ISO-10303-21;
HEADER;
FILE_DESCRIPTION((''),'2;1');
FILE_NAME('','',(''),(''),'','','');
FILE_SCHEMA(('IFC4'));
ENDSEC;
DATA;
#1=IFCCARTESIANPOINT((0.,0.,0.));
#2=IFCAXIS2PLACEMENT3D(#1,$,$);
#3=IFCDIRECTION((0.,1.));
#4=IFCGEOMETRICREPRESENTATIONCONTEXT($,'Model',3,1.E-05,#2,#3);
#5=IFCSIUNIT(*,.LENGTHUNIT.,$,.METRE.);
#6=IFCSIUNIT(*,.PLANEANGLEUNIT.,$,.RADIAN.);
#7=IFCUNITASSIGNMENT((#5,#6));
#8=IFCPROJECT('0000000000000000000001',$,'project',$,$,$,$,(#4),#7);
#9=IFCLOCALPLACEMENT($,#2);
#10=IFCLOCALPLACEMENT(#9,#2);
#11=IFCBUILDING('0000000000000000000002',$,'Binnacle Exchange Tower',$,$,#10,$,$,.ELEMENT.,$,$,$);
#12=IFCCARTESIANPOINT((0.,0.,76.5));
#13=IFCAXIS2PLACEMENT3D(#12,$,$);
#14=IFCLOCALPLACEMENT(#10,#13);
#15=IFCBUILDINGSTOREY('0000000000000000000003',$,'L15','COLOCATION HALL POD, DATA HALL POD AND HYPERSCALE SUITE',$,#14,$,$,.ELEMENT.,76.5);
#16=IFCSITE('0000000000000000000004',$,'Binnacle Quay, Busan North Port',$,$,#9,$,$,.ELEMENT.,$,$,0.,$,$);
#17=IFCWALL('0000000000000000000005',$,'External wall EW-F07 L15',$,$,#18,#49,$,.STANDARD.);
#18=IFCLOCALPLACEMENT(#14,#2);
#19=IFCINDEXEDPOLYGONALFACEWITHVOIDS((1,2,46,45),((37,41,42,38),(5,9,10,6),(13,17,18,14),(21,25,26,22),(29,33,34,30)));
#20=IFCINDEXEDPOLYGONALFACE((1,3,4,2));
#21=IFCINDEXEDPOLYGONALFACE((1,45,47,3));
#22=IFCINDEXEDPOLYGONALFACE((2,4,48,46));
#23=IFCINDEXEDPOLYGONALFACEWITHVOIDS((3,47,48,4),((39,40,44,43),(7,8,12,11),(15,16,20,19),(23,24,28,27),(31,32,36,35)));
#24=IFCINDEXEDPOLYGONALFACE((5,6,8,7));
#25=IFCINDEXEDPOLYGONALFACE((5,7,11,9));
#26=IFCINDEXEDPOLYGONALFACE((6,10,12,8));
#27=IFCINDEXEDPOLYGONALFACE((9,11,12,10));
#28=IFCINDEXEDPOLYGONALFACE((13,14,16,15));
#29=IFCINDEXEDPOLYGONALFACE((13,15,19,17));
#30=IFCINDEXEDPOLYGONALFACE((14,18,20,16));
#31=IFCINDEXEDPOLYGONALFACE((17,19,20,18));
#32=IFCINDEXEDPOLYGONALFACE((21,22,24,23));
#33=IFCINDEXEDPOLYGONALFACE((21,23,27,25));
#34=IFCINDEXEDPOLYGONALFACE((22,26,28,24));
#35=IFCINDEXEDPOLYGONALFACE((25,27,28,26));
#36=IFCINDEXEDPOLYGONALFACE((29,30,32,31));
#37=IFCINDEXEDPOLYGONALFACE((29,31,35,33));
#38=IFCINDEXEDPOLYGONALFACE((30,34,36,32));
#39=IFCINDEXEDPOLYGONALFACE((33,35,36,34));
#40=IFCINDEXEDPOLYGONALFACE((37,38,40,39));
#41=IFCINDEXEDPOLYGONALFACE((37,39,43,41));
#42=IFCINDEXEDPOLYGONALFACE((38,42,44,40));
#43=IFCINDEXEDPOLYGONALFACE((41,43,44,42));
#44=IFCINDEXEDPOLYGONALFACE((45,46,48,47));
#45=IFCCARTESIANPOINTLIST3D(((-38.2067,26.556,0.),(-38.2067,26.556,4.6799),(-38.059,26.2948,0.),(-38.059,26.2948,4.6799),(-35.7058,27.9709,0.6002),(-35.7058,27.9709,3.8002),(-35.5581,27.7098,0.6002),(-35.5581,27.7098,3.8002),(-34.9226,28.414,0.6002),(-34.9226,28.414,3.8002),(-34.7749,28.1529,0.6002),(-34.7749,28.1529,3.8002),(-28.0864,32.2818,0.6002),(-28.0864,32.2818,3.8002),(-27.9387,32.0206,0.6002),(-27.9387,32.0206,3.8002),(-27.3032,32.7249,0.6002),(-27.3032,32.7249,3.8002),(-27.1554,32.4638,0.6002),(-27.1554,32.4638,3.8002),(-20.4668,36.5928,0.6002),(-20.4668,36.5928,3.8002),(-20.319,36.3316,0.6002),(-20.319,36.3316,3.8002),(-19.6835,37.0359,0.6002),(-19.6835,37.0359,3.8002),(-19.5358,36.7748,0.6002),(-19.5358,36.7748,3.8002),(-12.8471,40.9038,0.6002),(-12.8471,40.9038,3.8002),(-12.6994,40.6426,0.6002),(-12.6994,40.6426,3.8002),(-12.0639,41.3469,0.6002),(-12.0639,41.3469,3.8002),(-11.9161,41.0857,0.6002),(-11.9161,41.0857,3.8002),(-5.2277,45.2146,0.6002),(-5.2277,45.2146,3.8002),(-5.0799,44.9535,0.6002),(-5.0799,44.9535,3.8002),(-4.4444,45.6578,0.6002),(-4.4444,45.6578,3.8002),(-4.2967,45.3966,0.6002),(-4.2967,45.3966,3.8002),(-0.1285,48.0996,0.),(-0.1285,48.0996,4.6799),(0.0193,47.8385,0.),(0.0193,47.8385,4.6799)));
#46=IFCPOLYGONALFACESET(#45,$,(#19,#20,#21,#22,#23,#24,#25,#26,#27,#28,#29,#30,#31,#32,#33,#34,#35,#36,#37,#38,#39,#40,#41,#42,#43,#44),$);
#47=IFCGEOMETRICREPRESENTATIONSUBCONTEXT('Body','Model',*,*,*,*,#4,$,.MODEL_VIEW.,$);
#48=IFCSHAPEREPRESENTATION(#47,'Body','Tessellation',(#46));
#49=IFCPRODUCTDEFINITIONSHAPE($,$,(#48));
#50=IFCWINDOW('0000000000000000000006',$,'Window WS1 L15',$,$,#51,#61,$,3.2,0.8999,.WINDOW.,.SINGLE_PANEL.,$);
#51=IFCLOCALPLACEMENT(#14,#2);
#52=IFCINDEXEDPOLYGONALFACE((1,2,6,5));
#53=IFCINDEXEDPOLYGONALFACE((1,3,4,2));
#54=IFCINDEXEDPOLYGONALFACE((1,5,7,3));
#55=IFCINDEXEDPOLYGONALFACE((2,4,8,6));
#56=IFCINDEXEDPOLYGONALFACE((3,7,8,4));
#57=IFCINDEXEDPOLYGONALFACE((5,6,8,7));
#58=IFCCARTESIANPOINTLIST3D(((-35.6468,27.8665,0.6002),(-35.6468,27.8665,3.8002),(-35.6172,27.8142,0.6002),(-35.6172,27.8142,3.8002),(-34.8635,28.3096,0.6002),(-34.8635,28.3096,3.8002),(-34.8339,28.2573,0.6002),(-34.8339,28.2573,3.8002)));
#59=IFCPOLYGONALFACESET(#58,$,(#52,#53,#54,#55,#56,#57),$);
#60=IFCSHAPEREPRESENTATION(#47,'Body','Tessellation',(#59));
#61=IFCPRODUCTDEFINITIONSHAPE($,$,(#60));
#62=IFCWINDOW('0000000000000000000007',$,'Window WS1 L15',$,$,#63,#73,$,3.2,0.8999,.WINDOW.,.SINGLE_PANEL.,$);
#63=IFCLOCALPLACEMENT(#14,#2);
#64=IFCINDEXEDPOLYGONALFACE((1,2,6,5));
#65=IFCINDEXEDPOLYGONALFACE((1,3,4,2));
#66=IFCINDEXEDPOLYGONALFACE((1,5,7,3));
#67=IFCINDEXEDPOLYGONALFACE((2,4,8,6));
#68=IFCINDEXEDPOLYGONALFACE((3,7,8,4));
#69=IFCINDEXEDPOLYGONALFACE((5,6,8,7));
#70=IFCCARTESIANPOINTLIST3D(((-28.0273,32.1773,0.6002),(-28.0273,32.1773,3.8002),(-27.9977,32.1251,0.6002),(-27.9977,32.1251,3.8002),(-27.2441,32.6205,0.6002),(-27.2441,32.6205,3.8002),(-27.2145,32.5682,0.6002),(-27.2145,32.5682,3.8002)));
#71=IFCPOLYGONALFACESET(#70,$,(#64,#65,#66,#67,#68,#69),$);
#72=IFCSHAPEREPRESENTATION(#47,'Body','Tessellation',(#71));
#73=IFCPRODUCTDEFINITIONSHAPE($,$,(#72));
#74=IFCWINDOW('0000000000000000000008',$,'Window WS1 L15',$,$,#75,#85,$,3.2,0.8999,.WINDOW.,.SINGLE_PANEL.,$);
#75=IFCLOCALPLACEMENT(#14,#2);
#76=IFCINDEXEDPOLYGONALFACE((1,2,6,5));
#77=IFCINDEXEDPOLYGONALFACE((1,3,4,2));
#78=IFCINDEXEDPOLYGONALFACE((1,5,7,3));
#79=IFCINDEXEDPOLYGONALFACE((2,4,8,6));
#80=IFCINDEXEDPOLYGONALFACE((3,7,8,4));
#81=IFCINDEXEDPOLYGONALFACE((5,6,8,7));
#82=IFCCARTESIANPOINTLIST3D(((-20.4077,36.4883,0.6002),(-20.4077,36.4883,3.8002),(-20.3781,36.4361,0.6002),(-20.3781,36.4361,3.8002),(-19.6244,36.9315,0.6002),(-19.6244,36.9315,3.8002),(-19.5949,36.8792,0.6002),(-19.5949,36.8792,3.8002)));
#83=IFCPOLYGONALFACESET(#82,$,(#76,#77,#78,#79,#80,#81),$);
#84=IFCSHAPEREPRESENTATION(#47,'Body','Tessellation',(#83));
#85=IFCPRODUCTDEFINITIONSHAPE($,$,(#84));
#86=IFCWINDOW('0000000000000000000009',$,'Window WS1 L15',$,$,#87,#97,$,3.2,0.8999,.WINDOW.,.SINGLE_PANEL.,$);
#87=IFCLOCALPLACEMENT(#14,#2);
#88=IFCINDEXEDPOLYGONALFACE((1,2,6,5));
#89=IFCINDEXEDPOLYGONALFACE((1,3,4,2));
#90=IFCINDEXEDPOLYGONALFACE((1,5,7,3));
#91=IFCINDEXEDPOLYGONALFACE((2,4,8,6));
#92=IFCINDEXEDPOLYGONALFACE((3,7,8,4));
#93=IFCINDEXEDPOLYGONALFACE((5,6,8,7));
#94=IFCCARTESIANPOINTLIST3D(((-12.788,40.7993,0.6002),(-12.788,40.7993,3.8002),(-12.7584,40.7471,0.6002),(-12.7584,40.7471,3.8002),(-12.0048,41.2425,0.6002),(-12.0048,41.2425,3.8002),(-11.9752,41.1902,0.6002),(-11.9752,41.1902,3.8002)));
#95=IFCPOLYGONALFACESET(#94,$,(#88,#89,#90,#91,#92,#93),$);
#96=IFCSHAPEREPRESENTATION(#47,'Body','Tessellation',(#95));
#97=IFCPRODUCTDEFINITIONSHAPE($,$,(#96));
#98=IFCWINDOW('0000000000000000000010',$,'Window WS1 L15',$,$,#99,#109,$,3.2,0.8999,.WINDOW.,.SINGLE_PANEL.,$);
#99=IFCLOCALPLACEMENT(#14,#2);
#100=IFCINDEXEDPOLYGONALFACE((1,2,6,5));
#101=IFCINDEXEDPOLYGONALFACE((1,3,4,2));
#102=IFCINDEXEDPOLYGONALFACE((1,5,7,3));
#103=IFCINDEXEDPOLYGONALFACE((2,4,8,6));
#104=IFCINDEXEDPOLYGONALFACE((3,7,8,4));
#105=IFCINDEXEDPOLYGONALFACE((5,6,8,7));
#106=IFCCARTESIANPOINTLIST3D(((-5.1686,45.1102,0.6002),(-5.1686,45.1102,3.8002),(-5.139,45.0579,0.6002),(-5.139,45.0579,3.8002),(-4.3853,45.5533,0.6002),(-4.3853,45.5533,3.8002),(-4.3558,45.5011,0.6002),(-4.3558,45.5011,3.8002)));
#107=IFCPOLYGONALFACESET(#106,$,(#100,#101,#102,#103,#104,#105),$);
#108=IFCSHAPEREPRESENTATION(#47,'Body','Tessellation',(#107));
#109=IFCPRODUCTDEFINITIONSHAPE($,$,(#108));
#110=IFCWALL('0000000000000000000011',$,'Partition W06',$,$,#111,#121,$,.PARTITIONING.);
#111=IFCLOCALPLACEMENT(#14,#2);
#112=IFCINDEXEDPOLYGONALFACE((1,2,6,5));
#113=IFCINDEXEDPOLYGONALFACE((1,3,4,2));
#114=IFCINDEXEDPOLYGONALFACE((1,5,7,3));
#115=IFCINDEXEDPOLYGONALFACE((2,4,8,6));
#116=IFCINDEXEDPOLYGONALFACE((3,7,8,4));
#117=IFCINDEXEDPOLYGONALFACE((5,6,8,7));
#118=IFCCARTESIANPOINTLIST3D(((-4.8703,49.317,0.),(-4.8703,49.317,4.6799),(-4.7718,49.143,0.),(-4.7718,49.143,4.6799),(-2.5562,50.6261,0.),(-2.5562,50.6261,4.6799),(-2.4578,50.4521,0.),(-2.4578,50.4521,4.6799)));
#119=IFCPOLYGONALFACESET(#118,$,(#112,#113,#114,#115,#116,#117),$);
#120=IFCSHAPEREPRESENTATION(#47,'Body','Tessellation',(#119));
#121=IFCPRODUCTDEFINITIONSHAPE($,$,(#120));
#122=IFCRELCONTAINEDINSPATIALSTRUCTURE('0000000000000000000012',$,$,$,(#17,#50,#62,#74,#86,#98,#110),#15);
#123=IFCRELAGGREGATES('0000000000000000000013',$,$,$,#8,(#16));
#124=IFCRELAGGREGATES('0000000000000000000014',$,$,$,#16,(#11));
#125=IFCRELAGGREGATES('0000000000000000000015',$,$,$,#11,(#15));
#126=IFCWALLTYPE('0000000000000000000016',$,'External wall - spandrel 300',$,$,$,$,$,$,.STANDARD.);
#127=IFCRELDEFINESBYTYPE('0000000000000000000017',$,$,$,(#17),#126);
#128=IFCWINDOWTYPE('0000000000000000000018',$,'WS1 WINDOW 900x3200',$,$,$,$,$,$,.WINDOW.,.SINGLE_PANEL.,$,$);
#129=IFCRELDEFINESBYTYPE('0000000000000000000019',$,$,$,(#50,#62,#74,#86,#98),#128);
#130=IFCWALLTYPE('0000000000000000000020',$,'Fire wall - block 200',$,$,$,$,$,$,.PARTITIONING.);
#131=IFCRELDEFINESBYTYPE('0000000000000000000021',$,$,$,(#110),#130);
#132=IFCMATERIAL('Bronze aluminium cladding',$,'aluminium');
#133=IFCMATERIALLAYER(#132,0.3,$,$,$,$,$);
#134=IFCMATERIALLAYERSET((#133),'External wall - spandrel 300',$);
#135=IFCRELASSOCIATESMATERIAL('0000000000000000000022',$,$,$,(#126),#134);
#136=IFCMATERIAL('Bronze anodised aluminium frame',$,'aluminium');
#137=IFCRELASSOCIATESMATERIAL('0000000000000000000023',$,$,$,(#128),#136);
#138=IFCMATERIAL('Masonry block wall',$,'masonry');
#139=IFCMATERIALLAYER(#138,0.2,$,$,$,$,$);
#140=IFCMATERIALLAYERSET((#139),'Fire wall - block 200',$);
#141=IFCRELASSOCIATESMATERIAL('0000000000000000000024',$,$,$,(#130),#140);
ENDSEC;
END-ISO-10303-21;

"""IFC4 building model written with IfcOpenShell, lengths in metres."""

from ifc_helpers import new_model, si_unit, direction, frame, frame_2d, origin, place, context, subcontext, project, spatial, rectangle, extrude, material, layer, layer_set, type_object, element, fill, save


model = new_model("IFC4")

# Units and contexts
model_context = context("Model", 3, precision=1e-05, world=origin(), true_north=direction((0.0, 1.0)))
body_context = subcontext(model_context, "Body", "Model", "MODEL_VIEW")
ifc_project = project(units=[si_unit("LENGTHUNIT", "METRE"), si_unit("PLANEANGLEUNIT", "RADIAN")], contexts=[model_context])

# Site, building, storey
site_placement = place(None, origin())
site = spatial("IfcSite", under=ifc_project, at=site_placement, Name="Binnacle Quay, Busan North Port", CompositionType="ELEMENT", RefElevation=0.0)
building_placement = place(site_placement, origin())
building = spatial("IfcBuilding", under=site, at=building_placement, Name="Binnacle Exchange Tower", CompositionType="ELEMENT")
storey_placement = place(building_placement, frame((0.0, 0.0, 76.5)))
storey = spatial("IfcBuildingStorey", under=building, at=storey_placement, Name="L15", Description="COLOCATION HALL POD, DATA HALL POD AND HYPERSCALE SUITE", CompositionType="ELEMENT", Elevation=76.5)

# Wall, openings, windows
ifc_material_1 = material(Name="Bronze aluminium cladding", Category="aluminium")
ifc_layer_1 = layer(ifc_material_1, 0.3)
ifc_layer_set_1 = layer_set([ifc_layer_1], Name="External wall - spandrel 300")
wall_type_1 = type_object("IfcWallType", Name="External wall - spandrel 300", PredefinedType="STANDARD", material=ifc_layer_set_1)
wall_1_placement = place(storey_placement, frame((-0.0547, 47.969, 0.0), z_axis=(0.0, 0.0, 1.0), x_axis=(-0.870356, -0.492423, 0.0)))
wall_1 = element("IfcWall", 1, at=wall_1_placement, inside=storey, type_object=wall_type_1, Name="External wall EW-F07 L15", PredefinedType="STANDARD", context=body_context, shape_type="SweptSolid", body=[
    extrude(rectangle(XDim=43.7502, YDim=0.3, at=frame_2d((21.875, 0.0))), origin(), (0.0, 0.0, 1.0), 4.6799),
])
opening_1_placement = place(wall_1_placement, frame((39.9768, 0.0, 0.6001)))
opening_1 = element("IfcOpeningElement", 2, at=opening_1_placement, cuts=wall_1, PredefinedType="OPENING", context=body_context, shape_type="SweptSolid", body=[
    extrude(rectangle(XDim=0.8999, YDim=3.2, at=frame_2d((0.45, 1.6001))), frame((0.0, 0.1599, 0.0), z_axis=(0.0, -1.0, 0.0), x_axis=(1.0, 0.0, 0.0)), (0.0, 0.0, 1.0), 0.3201),
])
opening_2_placement = place(wall_1_placement, frame((31.2224, 0.0, 0.6001)))
opening_2 = element("IfcOpeningElement", 3, at=opening_2_placement, cuts=wall_1, PredefinedType="OPENING", context=body_context, shape_type="SweptSolid", body=[
    extrude(rectangle(XDim=0.8999, YDim=3.2, at=frame_2d((0.45, 1.6001))), frame((0.0, 0.1599, 0.0), z_axis=(0.0, -1.0, 0.0), x_axis=(1.0, 0.0, 0.0)), (0.0, 0.0, 1.0), 0.3201),
])
opening_3_placement = place(wall_1_placement, frame((22.4678, 0.0, 0.6001)))
opening_3 = element("IfcOpeningElement", 4, at=opening_3_placement, cuts=wall_1, PredefinedType="OPENING", context=body_context, shape_type="SweptSolid", body=[
    extrude(rectangle(XDim=0.8999, YDim=3.2, at=frame_2d((0.45, 1.6001))), frame((0.0, 0.1599, 0.0), z_axis=(0.0, -1.0, 0.0), x_axis=(1.0, 0.0, 0.0)), (0.0, 0.0, 1.0), 0.3201),
])
opening_4_placement = place(wall_1_placement, frame((13.7131, 0.0, 0.6001)))
opening_4 = element("IfcOpeningElement", 5, at=opening_4_placement, cuts=wall_1, PredefinedType="OPENING", context=body_context, shape_type="SweptSolid", body=[
    extrude(rectangle(XDim=0.8999, YDim=3.2, at=frame_2d((0.45, 1.6001))), frame((0.0, 0.1599, 0.0), z_axis=(0.0, -1.0, 0.0), x_axis=(1.0, 0.0, 0.0)), (0.0, 0.0, 1.0), 0.3201),
])
opening_5_placement = place(wall_1_placement, frame((4.9587, 0.0, 0.6001)))
opening_5 = element("IfcOpeningElement", 6, at=opening_5_placement, cuts=wall_1, PredefinedType="OPENING", context=body_context, shape_type="SweptSolid", body=[
    extrude(rectangle(XDim=0.8999, YDim=3.2, at=frame_2d((0.45, 1.6001))), frame((0.0, 0.1599, 0.0), z_axis=(0.0, -1.0, 0.0), x_axis=(1.0, 0.0, 0.0)), (0.0, 0.0, 1.0), 0.3201),
])
ifc_material_2 = material(Name="Bronze anodised aluminium frame", Category="aluminium")
window_type = type_object("IfcWindowType", Name="WS1 WINDOW 900x3200", PartitioningType="SINGLE_PANEL", PredefinedType="WINDOW", material=ifc_material_2)
window_1_placement = place(opening_1_placement, origin())
window_1 = element("IfcWindow", 7, at=window_1_placement, inside=storey, type_object=window_type, Name="Window WS1 L15", OverallHeight=3.2, OverallWidth=0.8999, PartitioningType="SINGLE_PANEL", PredefinedType="WINDOW", context=body_context, shape_type="SweptSolid", body=[
    extrude(rectangle(XDim=0.8999, YDim=3.2, at=frame_2d((0.45, 1.6001))), frame((0.0, 0.03, 0.0), z_axis=(0.0, -1.0, 0.0), x_axis=(1.0, 0.0, 0.0)), (0.0, 0.0, 1.0), 0.0601),
])
fill(opening_1, window_1)
window_2_placement = place(opening_2_placement, origin())
window_2 = element("IfcWindow", 8, at=window_2_placement, inside=storey, type_object=window_type, Name="Window WS1 L15", OverallHeight=3.2, OverallWidth=0.8999, PartitioningType="SINGLE_PANEL", PredefinedType="WINDOW", context=body_context, shape_type="SweptSolid", body=[
    extrude(rectangle(XDim=0.8999, YDim=3.2, at=frame_2d((0.45, 1.6001))), frame((0.0, 0.03, 0.0), z_axis=(0.0, -1.0, 0.0), x_axis=(1.0, 0.0, 0.0)), (0.0, 0.0, 1.0), 0.0601),
])
fill(opening_2, window_2)
window_3_placement = place(opening_3_placement, origin())
window_3 = element("IfcWindow", 9, at=window_3_placement, inside=storey, type_object=window_type, Name="Window WS1 L15", OverallHeight=3.2, OverallWidth=0.8999, PartitioningType="SINGLE_PANEL", PredefinedType="WINDOW", context=body_context, shape_type="SweptSolid", body=[
    extrude(rectangle(XDim=0.8999, YDim=3.2, at=frame_2d((0.45, 1.6001))), frame((0.0, 0.03, 0.0), z_axis=(0.0, -1.0, 0.0), x_axis=(1.0, 0.0, 0.0)), (0.0, 0.0, 1.0), 0.0601),
])
fill(opening_3, window_3)
window_4_placement = place(opening_4_placement, origin())
window_4 = element("IfcWindow", 10, at=window_4_placement, inside=storey, type_object=window_type, Name="Window WS1 L15", OverallHeight=3.2, OverallWidth=0.8999, PartitioningType="SINGLE_PANEL", PredefinedType="WINDOW", context=body_context, shape_type="SweptSolid", body=[
    extrude(rectangle(XDim=0.8999, YDim=3.2, at=frame_2d((0.45, 1.6001))), frame((0.0, 0.03, 0.0), z_axis=(0.0, -1.0, 0.0), x_axis=(1.0, 0.0, 0.0)), (0.0, 0.0, 1.0), 0.0601),
])
fill(opening_4, window_4)
window_5_placement = place(opening_5_placement, origin())
window_5 = element("IfcWindow", 11, at=window_5_placement, inside=storey, type_object=window_type, Name="Window WS1 L15", OverallHeight=3.2, OverallWidth=0.8999, PartitioningType="SINGLE_PANEL", PredefinedType="WINDOW", context=body_context, shape_type="SweptSolid", body=[
    extrude(rectangle(XDim=0.8999, YDim=3.2, at=frame_2d((0.45, 1.6001))), frame((0.0, 0.03, 0.0), z_axis=(0.0, -1.0, 0.0), x_axis=(1.0, 0.0, 0.0)), (0.0, 0.0, 1.0), 0.0601),
])
fill(opening_5, window_5)

# Wall
ifc_material_3 = material(Name="Masonry block wall", Category="masonry")
ifc_layer_2 = layer(ifc_material_3, 0.2)
ifc_layer_set_2 = layer_set([ifc_layer_2], Name="Fire wall - block 200")
wall_type_2 = type_object("IfcWallType", Name="Fire wall - block 200", PredefinedType="PARTITIONING", material=ifc_layer_set_2)
wall_2_placement = place(storey_placement, frame((-4.821, 49.23, 0.0), z_axis=(0.0, 0.0, 1.0), x_axis=(0.870371, 0.492396, 0.0)))
element("IfcWall", 12, at=wall_2_placement, inside=storey, type_object=wall_type_2, Name="Partition W06", PredefinedType="PARTITIONING", context=body_context, shape_type="SweptSolid", body=[
    extrude(rectangle(XDim=2.6587, YDim=0.2, at=frame_2d((1.3293, 0.0))), origin(), (0.0, 0.0, 1.0), 4.6799),
])

save(model, "model.ifc")
